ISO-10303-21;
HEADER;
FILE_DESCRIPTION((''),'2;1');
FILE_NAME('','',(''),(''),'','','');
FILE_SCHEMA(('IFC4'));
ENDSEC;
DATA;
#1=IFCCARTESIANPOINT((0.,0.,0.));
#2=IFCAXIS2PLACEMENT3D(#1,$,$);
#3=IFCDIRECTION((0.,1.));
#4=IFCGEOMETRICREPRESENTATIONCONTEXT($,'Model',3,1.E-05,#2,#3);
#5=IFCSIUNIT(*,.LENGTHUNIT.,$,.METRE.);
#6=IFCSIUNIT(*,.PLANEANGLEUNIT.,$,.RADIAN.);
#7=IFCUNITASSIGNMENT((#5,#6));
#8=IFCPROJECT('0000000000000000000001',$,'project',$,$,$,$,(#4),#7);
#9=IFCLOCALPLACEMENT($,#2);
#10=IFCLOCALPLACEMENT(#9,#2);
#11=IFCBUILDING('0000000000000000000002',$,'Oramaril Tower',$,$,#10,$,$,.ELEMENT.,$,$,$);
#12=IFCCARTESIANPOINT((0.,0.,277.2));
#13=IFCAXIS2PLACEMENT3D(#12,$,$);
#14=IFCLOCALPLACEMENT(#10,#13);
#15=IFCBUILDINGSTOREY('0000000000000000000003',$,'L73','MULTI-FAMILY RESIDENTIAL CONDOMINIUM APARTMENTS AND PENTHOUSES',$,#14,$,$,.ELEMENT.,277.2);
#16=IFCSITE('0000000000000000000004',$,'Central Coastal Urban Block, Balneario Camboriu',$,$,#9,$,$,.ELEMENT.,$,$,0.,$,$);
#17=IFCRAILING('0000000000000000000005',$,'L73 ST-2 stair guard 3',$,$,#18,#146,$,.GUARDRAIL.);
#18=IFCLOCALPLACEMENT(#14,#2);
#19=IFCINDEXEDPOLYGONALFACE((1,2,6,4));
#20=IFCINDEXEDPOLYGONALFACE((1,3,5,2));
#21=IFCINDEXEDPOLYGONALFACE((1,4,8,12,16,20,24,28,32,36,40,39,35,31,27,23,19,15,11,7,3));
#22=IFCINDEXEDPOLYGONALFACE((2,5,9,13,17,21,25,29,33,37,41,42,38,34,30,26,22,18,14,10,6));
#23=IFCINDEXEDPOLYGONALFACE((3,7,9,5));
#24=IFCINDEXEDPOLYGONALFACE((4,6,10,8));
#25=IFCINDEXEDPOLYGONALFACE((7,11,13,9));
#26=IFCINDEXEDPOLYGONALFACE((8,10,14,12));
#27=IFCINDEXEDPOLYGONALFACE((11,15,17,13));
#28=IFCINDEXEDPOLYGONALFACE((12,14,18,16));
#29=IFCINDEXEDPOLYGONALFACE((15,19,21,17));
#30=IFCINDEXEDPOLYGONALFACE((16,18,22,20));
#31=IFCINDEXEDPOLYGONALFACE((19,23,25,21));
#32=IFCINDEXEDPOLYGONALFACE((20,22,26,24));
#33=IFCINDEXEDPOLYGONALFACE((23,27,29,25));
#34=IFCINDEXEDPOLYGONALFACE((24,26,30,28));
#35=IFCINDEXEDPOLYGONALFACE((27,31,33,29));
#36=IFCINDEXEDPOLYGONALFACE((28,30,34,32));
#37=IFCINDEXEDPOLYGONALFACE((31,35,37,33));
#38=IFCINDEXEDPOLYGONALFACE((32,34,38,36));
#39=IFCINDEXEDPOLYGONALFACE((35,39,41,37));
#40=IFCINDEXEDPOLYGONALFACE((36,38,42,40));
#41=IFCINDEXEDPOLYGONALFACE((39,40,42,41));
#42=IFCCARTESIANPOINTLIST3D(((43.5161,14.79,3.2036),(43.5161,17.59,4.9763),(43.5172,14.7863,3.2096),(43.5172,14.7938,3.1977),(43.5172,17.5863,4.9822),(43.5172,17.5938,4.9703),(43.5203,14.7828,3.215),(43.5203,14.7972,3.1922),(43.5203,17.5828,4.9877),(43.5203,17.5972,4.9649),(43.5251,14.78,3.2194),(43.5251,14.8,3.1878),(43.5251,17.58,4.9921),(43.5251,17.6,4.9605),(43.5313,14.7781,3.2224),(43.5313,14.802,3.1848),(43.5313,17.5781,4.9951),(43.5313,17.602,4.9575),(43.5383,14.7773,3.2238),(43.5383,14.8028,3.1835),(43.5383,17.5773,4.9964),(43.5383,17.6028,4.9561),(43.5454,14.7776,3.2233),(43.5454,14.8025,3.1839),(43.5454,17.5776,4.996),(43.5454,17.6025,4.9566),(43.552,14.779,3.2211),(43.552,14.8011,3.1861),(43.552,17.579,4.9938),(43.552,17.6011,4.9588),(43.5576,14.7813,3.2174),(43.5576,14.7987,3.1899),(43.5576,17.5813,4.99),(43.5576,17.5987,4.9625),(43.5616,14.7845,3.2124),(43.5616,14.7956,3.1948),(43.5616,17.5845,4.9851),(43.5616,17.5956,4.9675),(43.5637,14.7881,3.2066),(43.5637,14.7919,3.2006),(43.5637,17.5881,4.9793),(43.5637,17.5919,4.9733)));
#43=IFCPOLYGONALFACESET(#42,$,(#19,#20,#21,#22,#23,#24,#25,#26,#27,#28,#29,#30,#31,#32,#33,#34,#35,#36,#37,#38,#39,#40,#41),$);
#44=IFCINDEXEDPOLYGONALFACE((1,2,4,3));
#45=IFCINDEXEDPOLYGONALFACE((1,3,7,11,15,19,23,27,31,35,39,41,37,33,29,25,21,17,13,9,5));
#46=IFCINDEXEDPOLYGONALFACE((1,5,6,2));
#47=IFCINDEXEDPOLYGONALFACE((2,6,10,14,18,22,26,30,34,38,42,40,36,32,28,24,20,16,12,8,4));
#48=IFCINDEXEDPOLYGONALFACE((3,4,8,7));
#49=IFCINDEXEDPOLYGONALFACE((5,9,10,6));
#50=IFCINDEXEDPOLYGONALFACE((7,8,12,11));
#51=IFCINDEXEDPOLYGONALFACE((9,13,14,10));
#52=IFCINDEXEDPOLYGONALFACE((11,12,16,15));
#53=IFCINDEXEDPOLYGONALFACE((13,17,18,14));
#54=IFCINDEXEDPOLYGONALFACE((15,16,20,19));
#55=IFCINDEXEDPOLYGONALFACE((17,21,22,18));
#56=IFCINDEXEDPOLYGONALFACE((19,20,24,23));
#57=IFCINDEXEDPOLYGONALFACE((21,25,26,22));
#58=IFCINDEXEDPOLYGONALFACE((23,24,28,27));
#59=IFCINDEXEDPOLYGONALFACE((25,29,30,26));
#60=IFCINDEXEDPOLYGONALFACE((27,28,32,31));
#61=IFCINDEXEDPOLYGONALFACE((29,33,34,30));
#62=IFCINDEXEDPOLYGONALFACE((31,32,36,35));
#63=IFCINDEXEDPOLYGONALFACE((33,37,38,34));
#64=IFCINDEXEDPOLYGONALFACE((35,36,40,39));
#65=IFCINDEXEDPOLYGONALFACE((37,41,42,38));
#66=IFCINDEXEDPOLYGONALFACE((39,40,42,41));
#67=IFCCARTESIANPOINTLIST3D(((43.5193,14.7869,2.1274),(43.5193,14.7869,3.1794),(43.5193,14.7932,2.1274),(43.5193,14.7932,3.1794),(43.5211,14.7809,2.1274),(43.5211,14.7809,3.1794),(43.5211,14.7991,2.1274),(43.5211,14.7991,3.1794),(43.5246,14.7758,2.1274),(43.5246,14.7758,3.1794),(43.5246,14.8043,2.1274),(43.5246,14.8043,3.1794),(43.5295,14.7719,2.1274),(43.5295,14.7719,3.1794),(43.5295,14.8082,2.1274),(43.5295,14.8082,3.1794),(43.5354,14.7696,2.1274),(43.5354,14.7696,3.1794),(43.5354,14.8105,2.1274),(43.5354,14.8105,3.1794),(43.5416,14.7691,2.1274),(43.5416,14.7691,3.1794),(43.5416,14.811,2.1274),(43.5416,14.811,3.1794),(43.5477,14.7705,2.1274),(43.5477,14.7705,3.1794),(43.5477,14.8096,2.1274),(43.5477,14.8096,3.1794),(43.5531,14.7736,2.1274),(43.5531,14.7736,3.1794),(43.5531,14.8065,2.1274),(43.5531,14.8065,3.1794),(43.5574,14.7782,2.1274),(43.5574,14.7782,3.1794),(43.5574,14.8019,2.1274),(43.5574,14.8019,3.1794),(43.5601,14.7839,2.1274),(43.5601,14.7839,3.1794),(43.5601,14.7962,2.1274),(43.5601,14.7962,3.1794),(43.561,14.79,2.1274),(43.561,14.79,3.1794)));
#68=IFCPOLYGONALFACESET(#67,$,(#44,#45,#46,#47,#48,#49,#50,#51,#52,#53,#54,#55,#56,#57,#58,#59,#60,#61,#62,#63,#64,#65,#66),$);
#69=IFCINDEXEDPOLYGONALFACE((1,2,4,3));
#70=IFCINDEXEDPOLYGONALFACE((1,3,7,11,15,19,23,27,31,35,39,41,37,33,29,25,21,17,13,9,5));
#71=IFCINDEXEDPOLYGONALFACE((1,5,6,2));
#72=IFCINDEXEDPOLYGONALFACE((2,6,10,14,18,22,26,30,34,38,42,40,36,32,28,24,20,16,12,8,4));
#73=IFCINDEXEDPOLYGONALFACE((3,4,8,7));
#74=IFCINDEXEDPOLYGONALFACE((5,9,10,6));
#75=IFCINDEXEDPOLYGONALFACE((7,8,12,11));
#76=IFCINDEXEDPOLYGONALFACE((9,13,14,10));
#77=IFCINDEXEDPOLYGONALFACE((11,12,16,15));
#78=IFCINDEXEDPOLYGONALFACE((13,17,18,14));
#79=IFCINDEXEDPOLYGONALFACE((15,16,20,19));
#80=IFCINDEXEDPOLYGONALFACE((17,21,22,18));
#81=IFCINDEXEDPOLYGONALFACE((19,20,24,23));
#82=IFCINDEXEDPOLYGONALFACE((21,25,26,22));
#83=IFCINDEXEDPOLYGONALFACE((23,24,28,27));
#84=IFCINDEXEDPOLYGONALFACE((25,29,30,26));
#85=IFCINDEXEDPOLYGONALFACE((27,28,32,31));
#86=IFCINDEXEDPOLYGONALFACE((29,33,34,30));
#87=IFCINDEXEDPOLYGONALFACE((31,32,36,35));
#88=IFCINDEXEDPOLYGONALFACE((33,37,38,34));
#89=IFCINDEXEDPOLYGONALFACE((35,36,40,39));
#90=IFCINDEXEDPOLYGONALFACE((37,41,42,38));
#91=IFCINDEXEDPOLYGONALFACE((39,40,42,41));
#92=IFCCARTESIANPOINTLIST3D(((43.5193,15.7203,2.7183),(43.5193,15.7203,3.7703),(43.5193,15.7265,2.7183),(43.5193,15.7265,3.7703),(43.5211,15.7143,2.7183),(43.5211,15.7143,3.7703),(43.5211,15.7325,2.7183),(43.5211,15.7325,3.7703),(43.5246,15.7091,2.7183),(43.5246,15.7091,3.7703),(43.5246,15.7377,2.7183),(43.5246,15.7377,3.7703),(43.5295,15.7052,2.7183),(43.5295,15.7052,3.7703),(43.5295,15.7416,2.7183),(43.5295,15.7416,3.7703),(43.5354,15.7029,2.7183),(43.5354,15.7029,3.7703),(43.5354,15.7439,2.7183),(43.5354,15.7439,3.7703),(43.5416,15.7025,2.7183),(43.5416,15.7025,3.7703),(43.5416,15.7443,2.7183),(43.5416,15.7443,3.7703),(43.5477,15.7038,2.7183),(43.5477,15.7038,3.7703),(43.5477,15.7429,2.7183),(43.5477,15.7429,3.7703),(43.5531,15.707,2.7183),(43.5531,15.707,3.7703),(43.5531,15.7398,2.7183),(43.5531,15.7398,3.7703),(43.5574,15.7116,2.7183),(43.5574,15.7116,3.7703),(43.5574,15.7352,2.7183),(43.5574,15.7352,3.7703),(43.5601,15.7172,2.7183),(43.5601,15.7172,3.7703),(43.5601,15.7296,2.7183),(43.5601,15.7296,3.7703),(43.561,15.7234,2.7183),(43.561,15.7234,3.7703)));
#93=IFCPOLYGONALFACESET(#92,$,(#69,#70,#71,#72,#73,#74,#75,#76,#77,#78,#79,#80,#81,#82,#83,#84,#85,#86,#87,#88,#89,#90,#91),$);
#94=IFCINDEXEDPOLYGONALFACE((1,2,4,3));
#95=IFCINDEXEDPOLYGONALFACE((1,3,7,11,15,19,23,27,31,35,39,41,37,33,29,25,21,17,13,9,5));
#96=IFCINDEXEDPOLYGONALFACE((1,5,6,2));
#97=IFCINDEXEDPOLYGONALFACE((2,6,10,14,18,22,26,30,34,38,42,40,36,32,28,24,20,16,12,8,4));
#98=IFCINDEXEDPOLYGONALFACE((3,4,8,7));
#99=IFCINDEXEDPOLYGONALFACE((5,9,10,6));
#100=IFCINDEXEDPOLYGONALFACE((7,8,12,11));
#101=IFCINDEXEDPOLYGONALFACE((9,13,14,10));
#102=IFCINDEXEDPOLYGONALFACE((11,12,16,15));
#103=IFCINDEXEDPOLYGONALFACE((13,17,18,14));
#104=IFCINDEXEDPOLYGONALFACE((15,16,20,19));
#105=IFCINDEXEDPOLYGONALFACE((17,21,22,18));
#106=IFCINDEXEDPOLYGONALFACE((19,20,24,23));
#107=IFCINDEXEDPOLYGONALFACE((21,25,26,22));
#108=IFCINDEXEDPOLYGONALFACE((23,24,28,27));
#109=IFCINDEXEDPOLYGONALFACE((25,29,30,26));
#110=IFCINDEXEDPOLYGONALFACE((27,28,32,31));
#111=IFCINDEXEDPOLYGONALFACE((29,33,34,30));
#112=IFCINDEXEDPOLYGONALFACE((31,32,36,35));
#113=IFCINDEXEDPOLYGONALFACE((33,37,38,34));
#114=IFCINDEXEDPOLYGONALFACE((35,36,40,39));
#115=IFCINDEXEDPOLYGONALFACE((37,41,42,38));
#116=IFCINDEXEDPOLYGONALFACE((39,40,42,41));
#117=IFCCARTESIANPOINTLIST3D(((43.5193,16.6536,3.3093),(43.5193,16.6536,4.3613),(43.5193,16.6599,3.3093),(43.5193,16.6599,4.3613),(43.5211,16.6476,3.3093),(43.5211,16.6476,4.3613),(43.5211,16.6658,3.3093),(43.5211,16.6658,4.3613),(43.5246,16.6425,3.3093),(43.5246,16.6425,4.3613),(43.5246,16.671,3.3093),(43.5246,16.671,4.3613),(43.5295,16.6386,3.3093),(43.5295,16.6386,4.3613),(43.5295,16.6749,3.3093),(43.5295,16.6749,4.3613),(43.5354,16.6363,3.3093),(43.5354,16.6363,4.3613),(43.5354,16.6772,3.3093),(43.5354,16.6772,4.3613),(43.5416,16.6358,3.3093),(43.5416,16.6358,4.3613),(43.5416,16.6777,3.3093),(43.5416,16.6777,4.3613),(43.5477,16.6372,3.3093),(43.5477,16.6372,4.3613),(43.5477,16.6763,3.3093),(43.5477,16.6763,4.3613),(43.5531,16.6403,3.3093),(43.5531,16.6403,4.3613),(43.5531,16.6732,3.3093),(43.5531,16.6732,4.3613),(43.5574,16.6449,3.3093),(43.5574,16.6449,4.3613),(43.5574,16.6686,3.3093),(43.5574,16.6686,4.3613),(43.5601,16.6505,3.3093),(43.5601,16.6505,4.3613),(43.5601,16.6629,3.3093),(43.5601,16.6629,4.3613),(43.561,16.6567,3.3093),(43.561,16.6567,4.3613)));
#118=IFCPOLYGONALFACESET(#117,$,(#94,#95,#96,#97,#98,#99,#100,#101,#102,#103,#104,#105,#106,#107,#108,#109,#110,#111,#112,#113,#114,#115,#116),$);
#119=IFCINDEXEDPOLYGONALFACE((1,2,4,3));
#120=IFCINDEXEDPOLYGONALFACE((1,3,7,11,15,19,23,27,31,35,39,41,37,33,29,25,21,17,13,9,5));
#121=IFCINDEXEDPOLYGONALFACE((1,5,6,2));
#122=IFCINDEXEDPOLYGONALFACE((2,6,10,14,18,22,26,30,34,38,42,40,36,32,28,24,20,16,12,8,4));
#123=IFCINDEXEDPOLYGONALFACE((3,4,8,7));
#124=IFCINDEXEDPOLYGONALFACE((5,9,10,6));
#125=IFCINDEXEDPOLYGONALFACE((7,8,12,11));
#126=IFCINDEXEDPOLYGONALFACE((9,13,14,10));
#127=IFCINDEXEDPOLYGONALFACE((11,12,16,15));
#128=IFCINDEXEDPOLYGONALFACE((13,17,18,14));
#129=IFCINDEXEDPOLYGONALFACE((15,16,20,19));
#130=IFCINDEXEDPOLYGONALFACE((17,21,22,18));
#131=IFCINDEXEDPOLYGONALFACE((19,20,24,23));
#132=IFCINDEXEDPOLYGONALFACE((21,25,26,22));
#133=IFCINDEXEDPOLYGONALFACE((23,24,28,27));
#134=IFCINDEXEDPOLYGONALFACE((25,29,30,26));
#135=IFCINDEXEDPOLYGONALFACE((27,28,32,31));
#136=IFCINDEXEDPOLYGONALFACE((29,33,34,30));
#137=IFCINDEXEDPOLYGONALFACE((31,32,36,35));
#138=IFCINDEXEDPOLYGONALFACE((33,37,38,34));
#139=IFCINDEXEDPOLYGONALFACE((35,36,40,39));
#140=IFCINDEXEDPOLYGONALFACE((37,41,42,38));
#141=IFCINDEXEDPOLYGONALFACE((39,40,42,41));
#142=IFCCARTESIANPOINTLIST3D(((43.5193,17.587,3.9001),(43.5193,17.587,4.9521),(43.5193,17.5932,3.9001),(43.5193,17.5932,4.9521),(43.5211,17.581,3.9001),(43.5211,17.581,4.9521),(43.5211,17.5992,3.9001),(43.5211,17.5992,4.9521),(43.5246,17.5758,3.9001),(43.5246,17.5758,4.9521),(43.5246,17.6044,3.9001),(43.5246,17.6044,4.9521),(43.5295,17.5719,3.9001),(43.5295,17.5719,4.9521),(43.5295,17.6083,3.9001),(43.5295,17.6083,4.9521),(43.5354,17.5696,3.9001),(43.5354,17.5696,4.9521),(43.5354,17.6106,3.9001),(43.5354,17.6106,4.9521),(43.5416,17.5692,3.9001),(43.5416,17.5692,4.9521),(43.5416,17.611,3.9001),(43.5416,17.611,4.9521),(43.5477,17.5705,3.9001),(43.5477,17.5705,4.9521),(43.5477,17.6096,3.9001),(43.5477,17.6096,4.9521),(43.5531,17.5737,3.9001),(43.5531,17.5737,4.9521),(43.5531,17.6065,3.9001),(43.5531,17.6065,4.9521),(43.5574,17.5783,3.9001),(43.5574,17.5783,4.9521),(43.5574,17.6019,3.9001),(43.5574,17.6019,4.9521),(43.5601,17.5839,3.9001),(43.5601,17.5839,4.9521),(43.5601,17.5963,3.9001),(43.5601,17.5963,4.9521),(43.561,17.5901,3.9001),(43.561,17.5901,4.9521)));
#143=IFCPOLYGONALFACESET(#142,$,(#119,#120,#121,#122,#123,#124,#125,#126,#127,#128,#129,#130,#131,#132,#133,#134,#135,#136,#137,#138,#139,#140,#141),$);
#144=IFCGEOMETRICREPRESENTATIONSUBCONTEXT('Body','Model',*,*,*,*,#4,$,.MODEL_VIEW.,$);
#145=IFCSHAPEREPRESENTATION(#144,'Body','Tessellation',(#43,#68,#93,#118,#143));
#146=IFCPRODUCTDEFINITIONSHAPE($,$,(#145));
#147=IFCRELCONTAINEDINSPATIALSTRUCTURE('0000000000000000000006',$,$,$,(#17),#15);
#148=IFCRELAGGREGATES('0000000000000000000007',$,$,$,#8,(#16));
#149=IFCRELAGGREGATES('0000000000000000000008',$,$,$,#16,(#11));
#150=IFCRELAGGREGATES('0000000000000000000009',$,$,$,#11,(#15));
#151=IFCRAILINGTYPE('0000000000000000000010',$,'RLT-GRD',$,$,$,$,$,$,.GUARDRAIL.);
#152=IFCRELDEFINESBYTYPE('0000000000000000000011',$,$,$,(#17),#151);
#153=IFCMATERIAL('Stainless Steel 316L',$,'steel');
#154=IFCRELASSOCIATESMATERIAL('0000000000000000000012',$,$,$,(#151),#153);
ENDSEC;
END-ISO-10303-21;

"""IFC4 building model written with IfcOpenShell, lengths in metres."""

from ifc_helpers import new_model, si_unit, direction, frame, origin, origin_2d, place, context, subcontext, project, spatial, circle, extrude, material, type_object, element, save


model = new_model("IFC4")

# Units and contexts
model_context = context("Model", 3, precision=1e-05, world=origin(), true_north=direction((0.0, 1.0)))
body_context = subcontext(model_context, "Body", "Model", "MODEL_VIEW")
ifc_project = project(units=[si_unit("LENGTHUNIT", "METRE"), si_unit("PLANEANGLEUNIT", "RADIAN")], contexts=[model_context])

# Site, building, storey
site_placement = place(None, origin())
site = spatial("IfcSite", under=ifc_project, at=site_placement, Name="Central Coastal Urban Block, Balneario Camboriu", CompositionType="ELEMENT", RefElevation=0.0)
building_placement = place(site_placement, origin())
building = spatial("IfcBuilding", under=site, at=building_placement, Name="Oramaril Tower", CompositionType="ELEMENT")
storey_placement = place(building_placement, frame((0.0, 0.0, 277.2)))
storey = spatial("IfcBuildingStorey", under=building, at=storey_placement, Name="L73", Description="MULTI-FAMILY RESIDENTIAL CONDOMINIUM APARTMENTS AND PENTHOUSES", CompositionType="ELEMENT", Elevation=277.2)

# Railing
ifc_material_1 = material(Name="Stainless Steel 316L", Category="steel")
railing_type_1 = type_object("IfcRailingType", Name="RLT-GRD", PredefinedType="GUARDRAIL", material=ifc_material_1)
railing_1_placement = place(storey_placement, frame((43.54, 14.79, 2.1274)))
element("IfcRailing", 1, at=railing_1_placement, inside=storey, type_object=railing_type_1, Name="L73 ST-2 stair guard 3", PredefinedType="GUARDRAIL", context=body_context, shape_type="SweptSolid", body=[
    extrude(circle(Radius=0.0239, at=origin_2d()), frame((0.0, 0.0, 1.0762), z_axis=(0.0, 0.844909, 0.53491), x_axis=(-1.0, 0.0, 0.0)), (0.0, 0.0, 1.0), 3.314),
    extrude(circle(Radius=0.021, at=origin_2d()), origin(), (0.0, 0.0, 1.0), 1.052),
    extrude(circle(Radius=0.021, at=origin_2d()), frame((0.0, 0.9333, 0.5908)), (0.0, 0.0, 1.0), 1.052),
    extrude(circle(Radius=0.021, at=origin_2d()), frame((0.0, 1.8667, 1.1819)), (0.0, 0.0, 1.0), 1.052),
    extrude(circle(Radius=0.021, at=origin_2d()), frame((0.0, 2.8, 1.7727)), (0.0, 0.0, 1.0), 1.052),
])

save(model, "model.ifc")
